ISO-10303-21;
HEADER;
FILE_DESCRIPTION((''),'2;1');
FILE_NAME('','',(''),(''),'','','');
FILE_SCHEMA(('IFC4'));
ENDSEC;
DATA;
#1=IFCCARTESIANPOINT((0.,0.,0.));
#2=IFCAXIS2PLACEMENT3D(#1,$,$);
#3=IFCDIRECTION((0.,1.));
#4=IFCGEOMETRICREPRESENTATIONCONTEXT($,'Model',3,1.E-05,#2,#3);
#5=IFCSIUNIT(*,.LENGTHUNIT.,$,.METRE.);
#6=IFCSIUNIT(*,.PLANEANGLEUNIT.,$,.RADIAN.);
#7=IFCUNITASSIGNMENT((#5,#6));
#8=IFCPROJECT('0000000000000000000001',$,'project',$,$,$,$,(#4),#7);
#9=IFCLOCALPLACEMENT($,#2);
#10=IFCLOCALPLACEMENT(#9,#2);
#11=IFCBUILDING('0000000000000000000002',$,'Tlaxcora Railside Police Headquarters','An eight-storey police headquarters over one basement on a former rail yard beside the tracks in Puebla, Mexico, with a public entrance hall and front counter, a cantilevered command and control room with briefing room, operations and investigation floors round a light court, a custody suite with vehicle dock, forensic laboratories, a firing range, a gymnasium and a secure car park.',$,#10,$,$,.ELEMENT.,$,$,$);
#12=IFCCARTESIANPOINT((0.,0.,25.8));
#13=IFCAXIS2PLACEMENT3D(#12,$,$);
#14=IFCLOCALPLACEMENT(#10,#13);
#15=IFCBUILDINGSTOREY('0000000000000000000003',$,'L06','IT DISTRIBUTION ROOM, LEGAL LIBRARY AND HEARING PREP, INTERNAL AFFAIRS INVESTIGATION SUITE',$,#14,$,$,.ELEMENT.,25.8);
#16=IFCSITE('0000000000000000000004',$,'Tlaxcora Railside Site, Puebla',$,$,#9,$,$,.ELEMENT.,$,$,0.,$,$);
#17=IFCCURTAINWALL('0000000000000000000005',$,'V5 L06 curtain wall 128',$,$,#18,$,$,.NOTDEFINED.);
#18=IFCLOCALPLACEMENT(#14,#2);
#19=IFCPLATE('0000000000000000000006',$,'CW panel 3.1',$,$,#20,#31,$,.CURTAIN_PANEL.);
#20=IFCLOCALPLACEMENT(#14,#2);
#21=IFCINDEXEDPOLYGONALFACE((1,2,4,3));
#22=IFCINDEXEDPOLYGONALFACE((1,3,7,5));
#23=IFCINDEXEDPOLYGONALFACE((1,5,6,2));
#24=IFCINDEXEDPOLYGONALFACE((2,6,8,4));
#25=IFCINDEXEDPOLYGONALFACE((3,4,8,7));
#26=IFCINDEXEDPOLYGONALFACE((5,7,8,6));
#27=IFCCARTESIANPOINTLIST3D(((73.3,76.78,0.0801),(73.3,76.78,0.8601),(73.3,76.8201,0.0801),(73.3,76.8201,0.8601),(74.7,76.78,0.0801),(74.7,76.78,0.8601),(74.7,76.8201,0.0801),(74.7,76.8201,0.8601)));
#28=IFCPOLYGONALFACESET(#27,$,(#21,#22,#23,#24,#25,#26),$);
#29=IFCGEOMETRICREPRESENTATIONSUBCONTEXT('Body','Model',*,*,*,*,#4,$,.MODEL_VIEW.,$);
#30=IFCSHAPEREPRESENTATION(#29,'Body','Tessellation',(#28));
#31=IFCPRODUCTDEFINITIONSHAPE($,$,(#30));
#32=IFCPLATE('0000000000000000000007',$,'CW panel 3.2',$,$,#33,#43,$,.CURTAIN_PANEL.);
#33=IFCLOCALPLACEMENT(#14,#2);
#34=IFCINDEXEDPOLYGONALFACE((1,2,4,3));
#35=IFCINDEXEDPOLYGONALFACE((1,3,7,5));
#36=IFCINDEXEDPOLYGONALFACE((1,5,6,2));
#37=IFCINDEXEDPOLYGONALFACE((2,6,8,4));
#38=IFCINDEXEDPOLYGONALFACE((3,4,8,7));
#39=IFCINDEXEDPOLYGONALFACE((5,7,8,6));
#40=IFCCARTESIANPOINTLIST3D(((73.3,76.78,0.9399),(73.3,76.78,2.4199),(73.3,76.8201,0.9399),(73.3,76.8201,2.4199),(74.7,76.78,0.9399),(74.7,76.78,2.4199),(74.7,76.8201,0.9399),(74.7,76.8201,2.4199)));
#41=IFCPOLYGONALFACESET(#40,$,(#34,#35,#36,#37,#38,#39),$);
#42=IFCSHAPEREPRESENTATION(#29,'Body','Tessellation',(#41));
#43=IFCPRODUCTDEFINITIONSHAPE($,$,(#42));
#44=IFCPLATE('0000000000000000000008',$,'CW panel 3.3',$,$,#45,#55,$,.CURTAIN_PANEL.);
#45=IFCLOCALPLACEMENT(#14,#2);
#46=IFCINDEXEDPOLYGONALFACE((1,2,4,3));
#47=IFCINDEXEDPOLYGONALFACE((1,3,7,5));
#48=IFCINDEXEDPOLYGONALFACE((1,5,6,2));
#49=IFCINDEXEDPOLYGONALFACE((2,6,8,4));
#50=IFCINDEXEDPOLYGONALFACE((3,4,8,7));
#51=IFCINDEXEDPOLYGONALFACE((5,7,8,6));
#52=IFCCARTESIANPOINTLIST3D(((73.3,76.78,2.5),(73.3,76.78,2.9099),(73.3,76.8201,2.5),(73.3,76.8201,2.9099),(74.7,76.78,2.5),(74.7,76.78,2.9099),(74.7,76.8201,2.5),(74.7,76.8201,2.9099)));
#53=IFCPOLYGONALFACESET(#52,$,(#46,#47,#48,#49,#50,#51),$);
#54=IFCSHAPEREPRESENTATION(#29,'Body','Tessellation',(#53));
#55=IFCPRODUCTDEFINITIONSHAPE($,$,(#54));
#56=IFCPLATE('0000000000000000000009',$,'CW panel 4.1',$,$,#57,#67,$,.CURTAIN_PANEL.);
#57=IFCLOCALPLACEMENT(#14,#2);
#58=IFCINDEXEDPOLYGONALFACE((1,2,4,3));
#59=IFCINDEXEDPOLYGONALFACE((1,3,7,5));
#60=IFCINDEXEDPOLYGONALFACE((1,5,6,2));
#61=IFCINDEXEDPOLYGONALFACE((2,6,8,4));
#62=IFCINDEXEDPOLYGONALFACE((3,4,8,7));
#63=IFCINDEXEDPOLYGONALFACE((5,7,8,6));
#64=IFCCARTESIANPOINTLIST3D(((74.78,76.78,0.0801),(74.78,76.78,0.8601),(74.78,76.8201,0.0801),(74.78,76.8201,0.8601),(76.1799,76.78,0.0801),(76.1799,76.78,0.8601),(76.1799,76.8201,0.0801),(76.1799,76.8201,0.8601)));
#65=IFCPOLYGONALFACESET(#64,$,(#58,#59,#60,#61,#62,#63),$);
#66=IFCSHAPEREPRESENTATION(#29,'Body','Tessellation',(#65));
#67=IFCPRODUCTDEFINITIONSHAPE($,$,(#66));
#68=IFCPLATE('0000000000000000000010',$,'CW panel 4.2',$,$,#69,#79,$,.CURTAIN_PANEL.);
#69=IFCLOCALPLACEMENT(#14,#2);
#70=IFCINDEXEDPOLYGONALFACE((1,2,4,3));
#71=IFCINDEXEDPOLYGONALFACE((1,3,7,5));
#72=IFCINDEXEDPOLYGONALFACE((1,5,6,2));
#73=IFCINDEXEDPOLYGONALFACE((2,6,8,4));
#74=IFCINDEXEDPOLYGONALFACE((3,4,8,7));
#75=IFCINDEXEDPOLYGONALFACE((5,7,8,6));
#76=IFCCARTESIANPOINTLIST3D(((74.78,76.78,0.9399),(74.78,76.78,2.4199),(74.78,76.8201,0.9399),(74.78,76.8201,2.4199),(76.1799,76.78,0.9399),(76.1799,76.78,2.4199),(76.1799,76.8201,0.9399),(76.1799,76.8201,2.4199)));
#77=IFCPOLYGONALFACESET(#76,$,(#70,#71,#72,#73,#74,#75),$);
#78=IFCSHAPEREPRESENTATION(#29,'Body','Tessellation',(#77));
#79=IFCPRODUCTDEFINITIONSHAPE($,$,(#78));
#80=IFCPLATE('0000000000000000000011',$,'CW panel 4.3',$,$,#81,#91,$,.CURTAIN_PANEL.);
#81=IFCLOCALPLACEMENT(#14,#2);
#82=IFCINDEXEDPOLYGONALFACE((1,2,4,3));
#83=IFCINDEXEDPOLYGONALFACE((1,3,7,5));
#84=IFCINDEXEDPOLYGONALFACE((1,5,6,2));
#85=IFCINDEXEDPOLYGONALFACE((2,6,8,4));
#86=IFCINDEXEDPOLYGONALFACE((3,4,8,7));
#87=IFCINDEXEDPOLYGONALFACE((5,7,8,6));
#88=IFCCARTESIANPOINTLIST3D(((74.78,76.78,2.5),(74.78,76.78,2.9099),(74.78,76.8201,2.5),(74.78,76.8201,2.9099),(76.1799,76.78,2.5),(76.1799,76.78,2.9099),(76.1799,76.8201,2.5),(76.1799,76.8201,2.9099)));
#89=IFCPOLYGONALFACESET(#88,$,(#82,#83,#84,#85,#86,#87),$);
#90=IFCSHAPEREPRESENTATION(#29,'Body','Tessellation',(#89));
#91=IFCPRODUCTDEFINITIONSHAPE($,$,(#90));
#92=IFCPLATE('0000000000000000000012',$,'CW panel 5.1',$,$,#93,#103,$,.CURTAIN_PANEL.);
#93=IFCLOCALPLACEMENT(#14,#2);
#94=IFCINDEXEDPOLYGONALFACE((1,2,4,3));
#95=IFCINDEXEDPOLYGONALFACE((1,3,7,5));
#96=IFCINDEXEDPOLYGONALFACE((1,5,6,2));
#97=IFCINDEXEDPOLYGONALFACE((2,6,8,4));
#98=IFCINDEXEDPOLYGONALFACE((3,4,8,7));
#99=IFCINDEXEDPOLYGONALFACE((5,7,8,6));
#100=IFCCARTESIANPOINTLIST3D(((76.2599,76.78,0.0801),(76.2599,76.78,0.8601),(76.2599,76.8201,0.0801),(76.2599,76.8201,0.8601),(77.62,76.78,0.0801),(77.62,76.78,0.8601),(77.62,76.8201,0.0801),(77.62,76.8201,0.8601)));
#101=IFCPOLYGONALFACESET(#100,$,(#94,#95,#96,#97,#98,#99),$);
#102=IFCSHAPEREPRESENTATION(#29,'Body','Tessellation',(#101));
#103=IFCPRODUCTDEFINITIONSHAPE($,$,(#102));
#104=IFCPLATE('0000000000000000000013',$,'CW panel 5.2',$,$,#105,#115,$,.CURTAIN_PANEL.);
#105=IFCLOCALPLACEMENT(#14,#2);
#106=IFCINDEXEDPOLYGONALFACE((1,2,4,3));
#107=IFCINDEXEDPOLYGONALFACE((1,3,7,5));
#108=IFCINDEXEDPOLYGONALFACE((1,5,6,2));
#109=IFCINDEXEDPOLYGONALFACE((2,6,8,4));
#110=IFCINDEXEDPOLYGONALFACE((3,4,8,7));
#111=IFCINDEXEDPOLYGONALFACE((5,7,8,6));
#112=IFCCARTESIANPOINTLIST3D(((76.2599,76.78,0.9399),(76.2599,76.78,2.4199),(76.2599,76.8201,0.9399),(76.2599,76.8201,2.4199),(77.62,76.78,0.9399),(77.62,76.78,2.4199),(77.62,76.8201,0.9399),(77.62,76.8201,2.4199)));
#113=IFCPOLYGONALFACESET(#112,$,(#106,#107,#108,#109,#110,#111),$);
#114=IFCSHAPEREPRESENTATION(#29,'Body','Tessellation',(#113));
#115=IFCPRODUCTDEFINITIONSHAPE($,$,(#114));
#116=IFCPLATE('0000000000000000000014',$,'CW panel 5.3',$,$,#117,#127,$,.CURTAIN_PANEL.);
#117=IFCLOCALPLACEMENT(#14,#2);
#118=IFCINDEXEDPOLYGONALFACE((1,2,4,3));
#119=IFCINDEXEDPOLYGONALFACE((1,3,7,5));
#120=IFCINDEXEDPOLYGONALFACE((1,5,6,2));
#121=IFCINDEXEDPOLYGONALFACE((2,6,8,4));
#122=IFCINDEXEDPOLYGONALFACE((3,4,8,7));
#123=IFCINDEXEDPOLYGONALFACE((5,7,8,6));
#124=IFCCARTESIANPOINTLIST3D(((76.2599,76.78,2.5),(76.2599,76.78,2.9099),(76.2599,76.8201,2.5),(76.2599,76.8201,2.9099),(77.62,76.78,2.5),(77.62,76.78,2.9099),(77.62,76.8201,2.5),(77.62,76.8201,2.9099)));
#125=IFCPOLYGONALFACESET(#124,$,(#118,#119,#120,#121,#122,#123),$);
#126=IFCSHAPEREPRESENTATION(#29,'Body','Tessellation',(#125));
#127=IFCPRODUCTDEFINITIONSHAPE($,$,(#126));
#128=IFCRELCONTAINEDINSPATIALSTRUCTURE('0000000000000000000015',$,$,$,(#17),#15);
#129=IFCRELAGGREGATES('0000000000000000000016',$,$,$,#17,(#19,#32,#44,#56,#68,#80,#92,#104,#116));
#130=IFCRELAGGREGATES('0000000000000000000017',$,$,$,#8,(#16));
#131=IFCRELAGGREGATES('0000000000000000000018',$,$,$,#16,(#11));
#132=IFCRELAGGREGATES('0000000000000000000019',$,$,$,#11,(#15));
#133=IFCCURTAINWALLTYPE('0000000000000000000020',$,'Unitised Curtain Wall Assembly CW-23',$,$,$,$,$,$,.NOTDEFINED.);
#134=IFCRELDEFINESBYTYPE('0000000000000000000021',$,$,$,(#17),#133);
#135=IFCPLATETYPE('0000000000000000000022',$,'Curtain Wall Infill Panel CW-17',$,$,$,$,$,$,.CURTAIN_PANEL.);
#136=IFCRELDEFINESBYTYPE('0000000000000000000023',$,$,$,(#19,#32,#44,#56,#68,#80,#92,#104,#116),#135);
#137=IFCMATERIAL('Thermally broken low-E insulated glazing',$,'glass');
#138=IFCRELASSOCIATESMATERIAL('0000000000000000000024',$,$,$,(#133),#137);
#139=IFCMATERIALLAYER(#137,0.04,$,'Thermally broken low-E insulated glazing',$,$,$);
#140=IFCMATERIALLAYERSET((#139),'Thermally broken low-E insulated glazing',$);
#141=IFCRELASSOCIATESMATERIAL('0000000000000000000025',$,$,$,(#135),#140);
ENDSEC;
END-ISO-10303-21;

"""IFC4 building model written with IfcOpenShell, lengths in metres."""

from ifc_helpers import new_model, si_unit, direction, frame, origin, origin_2d, place, context, subcontext, project, spatial, rectangle, extrude, material, layer, layer_set, type_object, element, aggregate, save


model = new_model("IFC4")

# Units and contexts
model_context = context("Model", 3, precision=1e-05, world=origin(), true_north=direction((0.0, 1.0)))
body_context = subcontext(model_context, "Body", "Model", "MODEL_VIEW")
ifc_project = project(units=[si_unit("LENGTHUNIT", "METRE"), si_unit("PLANEANGLEUNIT", "RADIAN")], contexts=[model_context])

# Site, building, storey
site_placement = place(None, origin())
site = spatial("IfcSite", under=ifc_project, at=site_placement, Name="Tlaxcora Railside Site, Puebla", CompositionType="ELEMENT", RefElevation=0.0)
building_placement = place(site_placement, origin())
building = spatial("IfcBuilding", under=site, at=building_placement, Name="Tlaxcora Railside Police Headquarters", Description="An eight-storey police headquarters over one basement on a former rail yard beside the tracks in Puebla, Mexico, with a public entrance hall and front counter, a cantilevered command and control room with briefing room, operations and investigation floors round a light court, a custody suite with vehicle dock, forensic laboratories, a firing range, a gymnasium and a secure car park.", CompositionType="ELEMENT")
storey_placement = place(building_placement, frame((0.0, 0.0, 25.8)))
storey = spatial("IfcBuildingStorey", under=building, at=storey_placement, Name="L06", Description="IT DISTRIBUTION ROOM, LEGAL LIBRARY AND HEARING PREP, INTERNAL AFFAIRS INVESTIGATION SUITE", CompositionType="ELEMENT", Elevation=25.8)

# Curtain wall
ifc_material_1 = material(Name="Thermally broken low-E insulated glazing", Category="glass")
curtain_wall_type_1 = type_object("IfcCurtainWallType", Name="Unitised Curtain Wall Assembly CW-23", PredefinedType="NOTDEFINED", material=ifc_material_1)
curtain_wall_1_placement = place(storey_placement, origin())
curtain_wall_1 = element("IfcCurtainWall", 1, at=curtain_wall_1_placement, inside=storey, type_object=curtain_wall_type_1, Name="V5 L06 curtain wall 128", PredefinedType="NOTDEFINED")

# Plates
ifc_layer = layer(ifc_material_1, 0.04, Name="Thermally broken low-E insulated glazing")
ifc_layer_set = layer_set([ifc_layer], Name="Thermally broken low-E insulated glazing")
plate_type = type_object("IfcPlateType", Name="Curtain Wall Infill Panel CW-17", PredefinedType="CURTAIN_PANEL", material=ifc_layer_set)
plate_1_placement = place(storey_placement, frame((74.0, 76.8, 0.0801), z_axis=(0.0, 0.0, 1.0), x_axis=(1.0, 0.0, 0.0)))
plate_1 = element("IfcPlate", 2, at=plate_1_placement, type_object=plate_type, Name="CW panel 3.1", PredefinedType="CURTAIN_PANEL", context=body_context, shape_type="SweptSolid", body=[
    extrude(rectangle(XDim=1.3999, YDim=0.04, at=origin_2d()), origin(), (0.0, 0.0, 1.0), 0.78),
])
plate_2_placement = place(storey_placement, frame((74.0, 76.8, 0.9399), z_axis=(0.0, 0.0, 1.0), x_axis=(1.0, 0.0, 0.0)))
plate_2 = element("IfcPlate", 3, at=plate_2_placement, type_object=plate_type, Name="CW panel 3.2", PredefinedType="CURTAIN_PANEL", context=body_context, shape_type="SweptSolid", body=[
    extrude(rectangle(XDim=1.3999, YDim=0.04, at=origin_2d()), origin(), (0.0, 0.0, 1.0), 1.48),
])
plate_3_placement = place(storey_placement, frame((74.0, 76.8, 2.5), z_axis=(0.0, 0.0, 1.0), x_axis=(1.0, 0.0, 0.0)))
plate_3 = element("IfcPlate", 4, at=plate_3_placement, type_object=plate_type, Name="CW panel 3.3", PredefinedType="CURTAIN_PANEL", context=body_context, shape_type="SweptSolid", body=[
    extrude(rectangle(XDim=1.3999, YDim=0.04, at=origin_2d()), origin(), (0.0, 0.0, 1.0), 0.4099),
])
plate_4_placement = place(storey_placement, frame((75.48, 76.8, 0.0801), z_axis=(0.0, 0.0, 1.0), x_axis=(1.0, 0.0, 0.0)))
plate_4 = element("IfcPlate", 5, at=plate_4_placement, type_object=plate_type, Name="CW panel 4.1", PredefinedType="CURTAIN_PANEL", context=body_context, shape_type="SweptSolid", body=[
    extrude(rectangle(XDim=1.3999, YDim=0.04, at=origin_2d()), origin(), (0.0, 0.0, 1.0), 0.78),
])
plate_5_placement = place(storey_placement, frame((75.48, 76.8, 0.9399), z_axis=(0.0, 0.0, 1.0), x_axis=(1.0, 0.0, 0.0)))
plate_5 = element("IfcPlate", 6, at=plate_5_placement, type_object=plate_type, Name="CW panel 4.2", PredefinedType="CURTAIN_PANEL", context=body_context, shape_type="SweptSolid", body=[
    extrude(rectangle(XDim=1.3999, YDim=0.04, at=origin_2d()), origin(), (0.0, 0.0, 1.0), 1.48),
])
plate_6_placement = place(storey_placement, frame((75.48, 76.8, 2.5), z_axis=(0.0, 0.0, 1.0), x_axis=(1.0, 0.0, 0.0)))
plate_6 = element("IfcPlate", 7, at=plate_6_placement, type_object=plate_type, Name="CW panel 4.3", PredefinedType="CURTAIN_PANEL", context=body_context, shape_type="SweptSolid", body=[
    extrude(rectangle(XDim=1.3999, YDim=0.04, at=origin_2d()), origin(), (0.0, 0.0, 1.0), 0.4099),
])
plate_7_placement = place(storey_placement, frame((76.9399, 76.8, 0.0801), z_axis=(0.0, 0.0, 1.0), x_axis=(1.0, 0.0, 0.0)))
plate_7 = element("IfcPlate", 8, at=plate_7_placement, type_object=plate_type, Name="CW panel 5.1", PredefinedType="CURTAIN_PANEL", context=body_context, shape_type="SweptSolid", body=[
    extrude(rectangle(XDim=1.3601, YDim=0.04, at=origin_2d()), origin(), (0.0, 0.0, 1.0), 0.78),
])
plate_8_placement = place(storey_placement, frame((76.9399, 76.8, 0.9399), z_axis=(0.0, 0.0, 1.0), x_axis=(1.0, 0.0, 0.0)))
plate_8 = element("IfcPlate", 9, at=plate_8_placement, type_object=plate_type, Name="CW panel 5.2", PredefinedType="CURTAIN_PANEL", context=body_context, shape_type="SweptSolid", body=[
    extrude(rectangle(XDim=1.3601, YDim=0.04, at=origin_2d()), origin(), (0.0, 0.0, 1.0), 1.48),
])
plate_9_placement = place(storey_placement, frame((76.9399, 76.8, 2.5), z_axis=(0.0, 0.0, 1.0), x_axis=(1.0, 0.0, 0.0)))
plate_9 = element("IfcPlate", 10, at=plate_9_placement, type_object=plate_type, Name="CW panel 5.3", PredefinedType="CURTAIN_PANEL", context=body_context, shape_type="SweptSolid", body=[
    extrude(rectangle(XDim=1.3601, YDim=0.04, at=origin_2d()), origin(), (0.0, 0.0, 1.0), 0.4099),
])
aggregate(curtain_wall_1, [plate_1, plate_2, plate_3, plate_4, plate_5, plate_6, plate_7, plate_8, plate_9])

save(model, "model.ifc")
